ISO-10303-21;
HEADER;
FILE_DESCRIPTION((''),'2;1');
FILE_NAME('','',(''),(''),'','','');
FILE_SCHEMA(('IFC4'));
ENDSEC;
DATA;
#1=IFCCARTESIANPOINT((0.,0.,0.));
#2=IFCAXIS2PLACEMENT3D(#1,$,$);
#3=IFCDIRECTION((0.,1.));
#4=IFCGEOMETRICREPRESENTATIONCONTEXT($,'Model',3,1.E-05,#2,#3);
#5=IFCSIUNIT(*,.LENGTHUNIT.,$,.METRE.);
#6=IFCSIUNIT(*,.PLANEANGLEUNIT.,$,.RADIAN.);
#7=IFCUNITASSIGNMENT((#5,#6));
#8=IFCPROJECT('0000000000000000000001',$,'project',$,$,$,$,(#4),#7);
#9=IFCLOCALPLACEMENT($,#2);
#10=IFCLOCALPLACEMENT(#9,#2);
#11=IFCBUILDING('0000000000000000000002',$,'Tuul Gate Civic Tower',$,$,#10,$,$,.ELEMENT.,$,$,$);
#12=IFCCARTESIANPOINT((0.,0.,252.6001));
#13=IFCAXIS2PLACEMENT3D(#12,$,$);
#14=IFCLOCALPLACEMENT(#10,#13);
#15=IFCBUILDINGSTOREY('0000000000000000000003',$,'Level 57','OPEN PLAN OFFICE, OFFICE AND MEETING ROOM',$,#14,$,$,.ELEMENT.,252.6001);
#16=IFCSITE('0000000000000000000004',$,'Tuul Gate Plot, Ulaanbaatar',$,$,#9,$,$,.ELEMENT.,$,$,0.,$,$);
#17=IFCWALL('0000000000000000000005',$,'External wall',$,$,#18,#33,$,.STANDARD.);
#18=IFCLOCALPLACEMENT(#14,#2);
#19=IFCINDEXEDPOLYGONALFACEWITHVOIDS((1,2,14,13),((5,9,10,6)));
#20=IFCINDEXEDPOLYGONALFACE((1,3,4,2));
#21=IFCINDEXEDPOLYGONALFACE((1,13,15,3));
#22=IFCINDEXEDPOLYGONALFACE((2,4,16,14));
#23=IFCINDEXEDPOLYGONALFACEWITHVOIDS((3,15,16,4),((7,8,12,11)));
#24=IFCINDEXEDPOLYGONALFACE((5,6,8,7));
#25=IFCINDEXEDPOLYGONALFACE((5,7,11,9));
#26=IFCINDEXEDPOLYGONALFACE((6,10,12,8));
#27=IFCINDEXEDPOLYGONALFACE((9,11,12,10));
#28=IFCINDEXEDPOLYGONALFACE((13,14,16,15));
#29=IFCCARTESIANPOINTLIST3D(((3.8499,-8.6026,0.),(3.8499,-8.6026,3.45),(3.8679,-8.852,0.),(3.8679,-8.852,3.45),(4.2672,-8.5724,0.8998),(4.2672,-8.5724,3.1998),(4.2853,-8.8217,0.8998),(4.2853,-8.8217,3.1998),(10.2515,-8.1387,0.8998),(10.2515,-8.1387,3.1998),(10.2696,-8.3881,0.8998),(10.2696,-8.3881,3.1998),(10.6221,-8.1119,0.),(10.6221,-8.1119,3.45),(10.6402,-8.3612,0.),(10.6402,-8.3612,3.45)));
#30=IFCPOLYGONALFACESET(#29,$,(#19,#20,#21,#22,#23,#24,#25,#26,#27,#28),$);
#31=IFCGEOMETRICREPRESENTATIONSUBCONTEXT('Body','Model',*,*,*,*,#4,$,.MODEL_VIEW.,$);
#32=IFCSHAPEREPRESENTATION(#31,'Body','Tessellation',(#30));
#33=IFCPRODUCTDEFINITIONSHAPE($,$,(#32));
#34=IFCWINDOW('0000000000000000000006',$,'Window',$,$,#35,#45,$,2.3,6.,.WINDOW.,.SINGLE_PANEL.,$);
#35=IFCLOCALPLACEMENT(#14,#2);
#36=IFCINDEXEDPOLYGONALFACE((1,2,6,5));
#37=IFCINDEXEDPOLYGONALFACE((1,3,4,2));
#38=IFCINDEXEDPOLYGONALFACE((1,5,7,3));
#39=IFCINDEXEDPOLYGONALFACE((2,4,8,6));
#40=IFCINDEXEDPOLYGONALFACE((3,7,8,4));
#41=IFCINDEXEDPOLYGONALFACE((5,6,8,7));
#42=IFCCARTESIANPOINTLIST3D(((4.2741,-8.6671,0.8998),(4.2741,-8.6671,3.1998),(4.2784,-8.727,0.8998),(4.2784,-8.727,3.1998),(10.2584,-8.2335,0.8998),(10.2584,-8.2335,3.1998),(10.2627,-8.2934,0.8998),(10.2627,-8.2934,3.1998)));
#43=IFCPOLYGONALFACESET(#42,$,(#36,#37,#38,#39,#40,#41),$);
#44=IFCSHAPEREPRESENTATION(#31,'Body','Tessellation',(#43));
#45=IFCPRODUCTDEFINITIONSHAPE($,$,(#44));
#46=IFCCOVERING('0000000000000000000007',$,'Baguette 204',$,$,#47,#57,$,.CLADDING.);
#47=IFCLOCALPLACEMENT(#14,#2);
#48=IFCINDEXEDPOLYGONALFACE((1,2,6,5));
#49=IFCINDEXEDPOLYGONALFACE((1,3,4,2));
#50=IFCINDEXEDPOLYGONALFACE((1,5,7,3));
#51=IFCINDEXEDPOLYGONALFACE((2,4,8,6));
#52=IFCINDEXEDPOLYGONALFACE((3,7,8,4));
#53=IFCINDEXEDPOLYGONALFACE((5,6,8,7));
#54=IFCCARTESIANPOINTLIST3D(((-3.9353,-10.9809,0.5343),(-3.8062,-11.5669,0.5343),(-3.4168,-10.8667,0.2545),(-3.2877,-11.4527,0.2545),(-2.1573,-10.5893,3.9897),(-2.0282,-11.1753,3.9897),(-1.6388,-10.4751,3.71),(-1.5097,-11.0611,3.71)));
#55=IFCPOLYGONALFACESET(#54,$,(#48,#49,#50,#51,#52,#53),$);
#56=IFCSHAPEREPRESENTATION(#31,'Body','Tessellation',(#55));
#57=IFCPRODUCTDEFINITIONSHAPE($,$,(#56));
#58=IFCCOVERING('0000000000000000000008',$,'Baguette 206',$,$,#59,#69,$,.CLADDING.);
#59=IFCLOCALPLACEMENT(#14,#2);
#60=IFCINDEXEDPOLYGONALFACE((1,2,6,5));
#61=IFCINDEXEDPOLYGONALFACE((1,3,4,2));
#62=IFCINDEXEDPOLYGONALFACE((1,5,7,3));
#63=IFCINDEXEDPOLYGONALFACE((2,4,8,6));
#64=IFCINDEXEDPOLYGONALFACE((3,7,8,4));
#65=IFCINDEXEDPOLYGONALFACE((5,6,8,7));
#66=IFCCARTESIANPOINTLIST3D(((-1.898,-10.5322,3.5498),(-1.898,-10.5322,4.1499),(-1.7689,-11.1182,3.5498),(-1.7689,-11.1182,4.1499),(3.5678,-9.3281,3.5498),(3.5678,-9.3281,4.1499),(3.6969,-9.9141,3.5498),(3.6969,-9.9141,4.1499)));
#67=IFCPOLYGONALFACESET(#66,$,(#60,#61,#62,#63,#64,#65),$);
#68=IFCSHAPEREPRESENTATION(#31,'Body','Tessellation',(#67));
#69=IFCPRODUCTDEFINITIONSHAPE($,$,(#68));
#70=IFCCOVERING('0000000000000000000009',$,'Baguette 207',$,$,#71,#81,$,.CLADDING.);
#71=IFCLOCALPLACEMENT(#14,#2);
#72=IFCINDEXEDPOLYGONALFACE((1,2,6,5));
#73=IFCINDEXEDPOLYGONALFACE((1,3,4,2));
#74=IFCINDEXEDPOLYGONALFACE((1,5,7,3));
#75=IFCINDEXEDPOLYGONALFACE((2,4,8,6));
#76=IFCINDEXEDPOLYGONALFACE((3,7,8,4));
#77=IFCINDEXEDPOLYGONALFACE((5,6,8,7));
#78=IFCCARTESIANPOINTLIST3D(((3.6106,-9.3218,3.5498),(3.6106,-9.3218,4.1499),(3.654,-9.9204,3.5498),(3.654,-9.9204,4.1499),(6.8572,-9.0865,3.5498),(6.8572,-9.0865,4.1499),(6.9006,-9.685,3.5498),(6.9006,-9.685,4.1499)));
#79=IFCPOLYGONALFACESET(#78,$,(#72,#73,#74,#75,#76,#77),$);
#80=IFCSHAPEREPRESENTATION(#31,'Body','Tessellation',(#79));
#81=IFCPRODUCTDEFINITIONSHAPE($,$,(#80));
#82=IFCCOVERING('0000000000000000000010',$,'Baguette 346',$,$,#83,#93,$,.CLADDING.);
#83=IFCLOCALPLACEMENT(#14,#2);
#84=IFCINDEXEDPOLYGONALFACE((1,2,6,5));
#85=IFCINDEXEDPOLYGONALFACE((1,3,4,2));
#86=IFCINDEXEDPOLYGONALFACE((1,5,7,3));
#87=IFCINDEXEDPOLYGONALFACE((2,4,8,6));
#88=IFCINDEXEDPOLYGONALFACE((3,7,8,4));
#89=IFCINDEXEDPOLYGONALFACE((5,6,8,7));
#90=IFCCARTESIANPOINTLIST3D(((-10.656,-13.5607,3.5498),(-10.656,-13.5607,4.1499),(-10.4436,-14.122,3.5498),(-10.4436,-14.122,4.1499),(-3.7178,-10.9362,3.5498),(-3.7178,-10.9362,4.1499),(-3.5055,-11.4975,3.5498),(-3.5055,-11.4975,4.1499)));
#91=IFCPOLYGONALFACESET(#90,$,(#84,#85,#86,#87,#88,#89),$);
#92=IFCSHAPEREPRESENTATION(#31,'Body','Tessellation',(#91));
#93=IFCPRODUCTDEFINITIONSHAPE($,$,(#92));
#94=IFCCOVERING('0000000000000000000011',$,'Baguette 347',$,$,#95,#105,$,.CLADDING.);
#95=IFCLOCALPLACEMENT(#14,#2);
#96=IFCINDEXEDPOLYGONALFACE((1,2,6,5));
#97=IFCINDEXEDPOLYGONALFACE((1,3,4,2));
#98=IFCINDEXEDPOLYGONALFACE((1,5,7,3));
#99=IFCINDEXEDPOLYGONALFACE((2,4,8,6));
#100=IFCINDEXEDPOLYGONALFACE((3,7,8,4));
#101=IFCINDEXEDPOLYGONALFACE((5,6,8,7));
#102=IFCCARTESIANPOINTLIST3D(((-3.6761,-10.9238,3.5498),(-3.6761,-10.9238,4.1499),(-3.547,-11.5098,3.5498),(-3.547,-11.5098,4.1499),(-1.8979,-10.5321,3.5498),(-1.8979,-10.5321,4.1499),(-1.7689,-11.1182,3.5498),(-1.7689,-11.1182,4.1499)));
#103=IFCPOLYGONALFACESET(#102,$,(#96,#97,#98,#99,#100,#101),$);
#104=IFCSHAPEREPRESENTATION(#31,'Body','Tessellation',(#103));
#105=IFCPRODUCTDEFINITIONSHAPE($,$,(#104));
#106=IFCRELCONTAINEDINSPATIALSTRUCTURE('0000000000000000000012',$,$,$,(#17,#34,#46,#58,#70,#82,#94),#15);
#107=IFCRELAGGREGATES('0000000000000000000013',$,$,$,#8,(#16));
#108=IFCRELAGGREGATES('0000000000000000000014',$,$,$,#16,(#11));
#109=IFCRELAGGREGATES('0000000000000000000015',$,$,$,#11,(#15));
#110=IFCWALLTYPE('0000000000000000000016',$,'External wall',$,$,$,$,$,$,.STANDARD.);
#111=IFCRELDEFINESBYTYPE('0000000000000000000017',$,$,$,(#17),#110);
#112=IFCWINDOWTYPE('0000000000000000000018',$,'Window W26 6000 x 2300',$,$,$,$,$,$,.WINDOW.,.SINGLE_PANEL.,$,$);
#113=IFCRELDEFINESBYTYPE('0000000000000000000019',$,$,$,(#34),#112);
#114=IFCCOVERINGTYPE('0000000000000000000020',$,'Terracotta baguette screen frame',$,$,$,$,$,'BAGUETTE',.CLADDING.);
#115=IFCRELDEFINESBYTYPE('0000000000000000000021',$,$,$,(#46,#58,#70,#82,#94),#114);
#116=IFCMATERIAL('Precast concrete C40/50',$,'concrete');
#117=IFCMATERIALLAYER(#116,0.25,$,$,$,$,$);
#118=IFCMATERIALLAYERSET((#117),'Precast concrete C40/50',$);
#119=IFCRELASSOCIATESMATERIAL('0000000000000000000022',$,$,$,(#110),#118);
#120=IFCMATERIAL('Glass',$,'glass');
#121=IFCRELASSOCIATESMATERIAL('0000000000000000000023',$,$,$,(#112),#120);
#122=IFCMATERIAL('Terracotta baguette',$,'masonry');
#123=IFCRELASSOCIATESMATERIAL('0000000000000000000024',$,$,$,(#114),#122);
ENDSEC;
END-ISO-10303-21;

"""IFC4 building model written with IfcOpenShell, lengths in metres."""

from ifc_helpers import new_model, si_unit, direction, frame, frame_2d, origin, origin_2d, place, context, subcontext, project, spatial, rectangle, extrude, material, layer, layer_set, material_profile, profile_set, type_object, element, fill, save


model = new_model("IFC4")

# Units and contexts
model_context = context("Model", 3, precision=1e-05, world=origin(), true_north=direction((0.0, 1.0)))
body_context = subcontext(model_context, "Body", "Model", "MODEL_VIEW")
ifc_project = project(units=[si_unit("LENGTHUNIT", "METRE"), si_unit("PLANEANGLEUNIT", "RADIAN")], contexts=[model_context])

# Site, building, storey
site_placement = place(None, origin())
site = spatial("IfcSite", under=ifc_project, at=site_placement, Name="Tuul Gate Plot, Ulaanbaatar", CompositionType="ELEMENT", RefElevation=0.0)
building_placement = place(site_placement, origin())
building = spatial("IfcBuilding", under=site, at=building_placement, Name="Tuul Gate Civic Tower", CompositionType="ELEMENT")
storey_placement = place(building_placement, frame((0.0, 0.0, 252.6001)))
storey = spatial("IfcBuildingStorey", under=building, at=storey_placement, Name="Level 57", Description="OPEN PLAN OFFICE, OFFICE AND MEETING ROOM", CompositionType="ELEMENT", Elevation=252.6001)

# Wall, opening, window
ifc_material_1 = material(Name="Precast concrete C40/50", Category="concrete")
ifc_layer_1 = layer(ifc_material_1, 0.25)
ifc_layer_set_1 = layer_set([ifc_layer_1], Name="Precast concrete C40/50")
wall_type_1 = type_object("IfcWallType", Name="External wall", PredefinedType="STANDARD", material=ifc_layer_set_1)
ifc_material_2 = material(Name="Glass", Category="glass")
window_type = type_object("IfcWindowType", Name="Window W26 6000 x 2300", PartitioningType="SINGLE_PANEL", PredefinedType="WINDOW", material=ifc_material_2)
wall_1_placement = place(storey_placement, frame((3.8589, -8.7273, 0.0), z_axis=(0.0, 0.0, 1.0), x_axis=(0.997385, 0.072272, 0.0)))
wall_1 = element("IfcWall", 1, at=wall_1_placement, inside=storey, type_object=wall_type_1, Name="External wall", PredefinedType="STANDARD", context=body_context, shape_type="SweptSolid", body=[
    extrude(rectangle(XDim=6.79, YDim=0.25, at=frame_2d((3.395, 0.0))), origin(), (0.0, 0.0, 1.0), 3.45),
])
opening_1_placement = place(wall_1_placement, frame((0.4185, 0.0, 0.8999)))
opening_1 = element("IfcOpeningElement", 2, at=opening_1_placement, cuts=wall_1, PredefinedType="OPENING", context=body_context, shape_type="SweptSolid", body=[
    extrude(rectangle(XDim=6.0, YDim=2.3, at=frame_2d((3.0, 1.1499))), frame((0.0, 0.135, 0.0), z_axis=(0.0, -1.0, 0.0), x_axis=(1.0, 0.0, 0.0)), (0.0, 0.0, 1.0), 0.27),
])
window_1_placement = place(opening_1_placement, origin())
window_1 = element("IfcWindow", 3, at=window_1_placement, inside=storey, type_object=window_type, Name="Window", OverallHeight=2.3, OverallWidth=6.0, PartitioningType="SINGLE_PANEL", PredefinedType="WINDOW", context=body_context, shape_type="SweptSolid", body=[
    extrude(rectangle(XDim=6.0, YDim=2.3, at=frame_2d((3.0, 1.1499))), frame((0.0, 0.03, 0.0), z_axis=(0.0, -1.0, 0.0), x_axis=(1.0, 0.0, 0.0)), (0.0, 0.0, 1.0), 0.0601),
])
fill(opening_1, window_1)

# Coverings
ifc_material_3 = material(Name="Terracotta baguette", Category="masonry")
ifc_material_profile_1 = material_profile(ifc_material_3, rectangle(XDim=0.6001, YDim=0.6001, at=origin_2d()), Name="Terracotta baguette screen frame")
ifc_profile_set_1 = profile_set([ifc_material_profile_1], Name="Terracotta baguette")
covering_type = type_object("IfcCoveringType", Name="Terracotta baguette screen frame", ElementType="BAGUETTE", PredefinedType="CLADDING", material=ifc_profile_set_1)
covering_1_placement = place(storey_placement, frame((-1.8335, -10.8252, 3.8499), z_axis=(-0.455231, -0.10026, -0.88471), x_axis=(0.215084, -0.976595, 0.0)))
element("IfcCovering", 4, at=covering_1_placement, inside=storey, type_object=covering_type, Name="Baguette 204", PredefinedType="CLADDING", context=body_context, shape_type="SweptSolid", body=[
    extrude(rectangle(XDim=0.6001, YDim=0.6001, at=origin_2d()), origin(), (0.0, 0.0, 1.0), 3.9058),
])
covering_2_placement = place(storey_placement, frame((-1.8335, -10.8252, 3.8499), z_axis=(0.976584, 0.215138, 0.0), x_axis=(-0.215138, 0.976584, 0.0)))
element("IfcCovering", 5, at=covering_2_placement, inside=storey, type_object=covering_type, Name="Baguette 206", PredefinedType="CLADDING", context=body_context, shape_type="SweptSolid", body=[
    extrude(rectangle(XDim=0.6001, YDim=0.6001, at=origin_2d()), origin(), (0.0, 0.0, 1.0), 5.5969),
])
covering_3_placement = place(storey_placement, frame((3.6323, -9.6211, 3.8499), z_axis=(0.997383, 0.072302, 0.0), x_axis=(-0.072302, 0.997383, 0.0)))
element("IfcCovering", 6, at=covering_3_placement, inside=storey, type_object=covering_type, Name="Baguette 207", PredefinedType="CLADDING", context=body_context, shape_type="SweptSolid", body=[
    extrude(rectangle(XDim=0.6001, YDim=0.6001, at=origin_2d()), origin(), (0.0, 0.0, 1.0), 3.2551),
])
covering_4_placement = place(storey_placement, frame((-10.5498, -13.8413, 3.8499), z_axis=(0.93532, 0.353802, 0.0), x_axis=(-0.353802, 0.93532, 0.0)))
element("IfcCovering", 7, at=covering_4_placement, inside=storey, type_object=covering_type, Name="Baguette 346", PredefinedType="CLADDING", context=body_context, shape_type="SweptSolid", body=[
    extrude(rectangle(XDim=0.6001, YDim=0.6001, at=origin_2d()), origin(), (0.0, 0.0, 1.0), 7.418),
])
covering_5_placement = place(storey_placement, frame((-3.6116, -11.2168, 3.8499), z_axis=(0.976595, 0.215084, 0.0), x_axis=(-0.215084, 0.976595, 0.0)))
element("IfcCovering", 8, at=covering_5_placement, inside=storey, type_object=covering_type, Name="Baguette 347", PredefinedType="CLADDING", context=body_context, shape_type="SweptSolid", body=[
    extrude(rectangle(XDim=0.6001, YDim=0.6001, at=origin_2d()), origin(), (0.0, 0.0, 1.0), 1.8208),
])

save(model, "model.ifc")
